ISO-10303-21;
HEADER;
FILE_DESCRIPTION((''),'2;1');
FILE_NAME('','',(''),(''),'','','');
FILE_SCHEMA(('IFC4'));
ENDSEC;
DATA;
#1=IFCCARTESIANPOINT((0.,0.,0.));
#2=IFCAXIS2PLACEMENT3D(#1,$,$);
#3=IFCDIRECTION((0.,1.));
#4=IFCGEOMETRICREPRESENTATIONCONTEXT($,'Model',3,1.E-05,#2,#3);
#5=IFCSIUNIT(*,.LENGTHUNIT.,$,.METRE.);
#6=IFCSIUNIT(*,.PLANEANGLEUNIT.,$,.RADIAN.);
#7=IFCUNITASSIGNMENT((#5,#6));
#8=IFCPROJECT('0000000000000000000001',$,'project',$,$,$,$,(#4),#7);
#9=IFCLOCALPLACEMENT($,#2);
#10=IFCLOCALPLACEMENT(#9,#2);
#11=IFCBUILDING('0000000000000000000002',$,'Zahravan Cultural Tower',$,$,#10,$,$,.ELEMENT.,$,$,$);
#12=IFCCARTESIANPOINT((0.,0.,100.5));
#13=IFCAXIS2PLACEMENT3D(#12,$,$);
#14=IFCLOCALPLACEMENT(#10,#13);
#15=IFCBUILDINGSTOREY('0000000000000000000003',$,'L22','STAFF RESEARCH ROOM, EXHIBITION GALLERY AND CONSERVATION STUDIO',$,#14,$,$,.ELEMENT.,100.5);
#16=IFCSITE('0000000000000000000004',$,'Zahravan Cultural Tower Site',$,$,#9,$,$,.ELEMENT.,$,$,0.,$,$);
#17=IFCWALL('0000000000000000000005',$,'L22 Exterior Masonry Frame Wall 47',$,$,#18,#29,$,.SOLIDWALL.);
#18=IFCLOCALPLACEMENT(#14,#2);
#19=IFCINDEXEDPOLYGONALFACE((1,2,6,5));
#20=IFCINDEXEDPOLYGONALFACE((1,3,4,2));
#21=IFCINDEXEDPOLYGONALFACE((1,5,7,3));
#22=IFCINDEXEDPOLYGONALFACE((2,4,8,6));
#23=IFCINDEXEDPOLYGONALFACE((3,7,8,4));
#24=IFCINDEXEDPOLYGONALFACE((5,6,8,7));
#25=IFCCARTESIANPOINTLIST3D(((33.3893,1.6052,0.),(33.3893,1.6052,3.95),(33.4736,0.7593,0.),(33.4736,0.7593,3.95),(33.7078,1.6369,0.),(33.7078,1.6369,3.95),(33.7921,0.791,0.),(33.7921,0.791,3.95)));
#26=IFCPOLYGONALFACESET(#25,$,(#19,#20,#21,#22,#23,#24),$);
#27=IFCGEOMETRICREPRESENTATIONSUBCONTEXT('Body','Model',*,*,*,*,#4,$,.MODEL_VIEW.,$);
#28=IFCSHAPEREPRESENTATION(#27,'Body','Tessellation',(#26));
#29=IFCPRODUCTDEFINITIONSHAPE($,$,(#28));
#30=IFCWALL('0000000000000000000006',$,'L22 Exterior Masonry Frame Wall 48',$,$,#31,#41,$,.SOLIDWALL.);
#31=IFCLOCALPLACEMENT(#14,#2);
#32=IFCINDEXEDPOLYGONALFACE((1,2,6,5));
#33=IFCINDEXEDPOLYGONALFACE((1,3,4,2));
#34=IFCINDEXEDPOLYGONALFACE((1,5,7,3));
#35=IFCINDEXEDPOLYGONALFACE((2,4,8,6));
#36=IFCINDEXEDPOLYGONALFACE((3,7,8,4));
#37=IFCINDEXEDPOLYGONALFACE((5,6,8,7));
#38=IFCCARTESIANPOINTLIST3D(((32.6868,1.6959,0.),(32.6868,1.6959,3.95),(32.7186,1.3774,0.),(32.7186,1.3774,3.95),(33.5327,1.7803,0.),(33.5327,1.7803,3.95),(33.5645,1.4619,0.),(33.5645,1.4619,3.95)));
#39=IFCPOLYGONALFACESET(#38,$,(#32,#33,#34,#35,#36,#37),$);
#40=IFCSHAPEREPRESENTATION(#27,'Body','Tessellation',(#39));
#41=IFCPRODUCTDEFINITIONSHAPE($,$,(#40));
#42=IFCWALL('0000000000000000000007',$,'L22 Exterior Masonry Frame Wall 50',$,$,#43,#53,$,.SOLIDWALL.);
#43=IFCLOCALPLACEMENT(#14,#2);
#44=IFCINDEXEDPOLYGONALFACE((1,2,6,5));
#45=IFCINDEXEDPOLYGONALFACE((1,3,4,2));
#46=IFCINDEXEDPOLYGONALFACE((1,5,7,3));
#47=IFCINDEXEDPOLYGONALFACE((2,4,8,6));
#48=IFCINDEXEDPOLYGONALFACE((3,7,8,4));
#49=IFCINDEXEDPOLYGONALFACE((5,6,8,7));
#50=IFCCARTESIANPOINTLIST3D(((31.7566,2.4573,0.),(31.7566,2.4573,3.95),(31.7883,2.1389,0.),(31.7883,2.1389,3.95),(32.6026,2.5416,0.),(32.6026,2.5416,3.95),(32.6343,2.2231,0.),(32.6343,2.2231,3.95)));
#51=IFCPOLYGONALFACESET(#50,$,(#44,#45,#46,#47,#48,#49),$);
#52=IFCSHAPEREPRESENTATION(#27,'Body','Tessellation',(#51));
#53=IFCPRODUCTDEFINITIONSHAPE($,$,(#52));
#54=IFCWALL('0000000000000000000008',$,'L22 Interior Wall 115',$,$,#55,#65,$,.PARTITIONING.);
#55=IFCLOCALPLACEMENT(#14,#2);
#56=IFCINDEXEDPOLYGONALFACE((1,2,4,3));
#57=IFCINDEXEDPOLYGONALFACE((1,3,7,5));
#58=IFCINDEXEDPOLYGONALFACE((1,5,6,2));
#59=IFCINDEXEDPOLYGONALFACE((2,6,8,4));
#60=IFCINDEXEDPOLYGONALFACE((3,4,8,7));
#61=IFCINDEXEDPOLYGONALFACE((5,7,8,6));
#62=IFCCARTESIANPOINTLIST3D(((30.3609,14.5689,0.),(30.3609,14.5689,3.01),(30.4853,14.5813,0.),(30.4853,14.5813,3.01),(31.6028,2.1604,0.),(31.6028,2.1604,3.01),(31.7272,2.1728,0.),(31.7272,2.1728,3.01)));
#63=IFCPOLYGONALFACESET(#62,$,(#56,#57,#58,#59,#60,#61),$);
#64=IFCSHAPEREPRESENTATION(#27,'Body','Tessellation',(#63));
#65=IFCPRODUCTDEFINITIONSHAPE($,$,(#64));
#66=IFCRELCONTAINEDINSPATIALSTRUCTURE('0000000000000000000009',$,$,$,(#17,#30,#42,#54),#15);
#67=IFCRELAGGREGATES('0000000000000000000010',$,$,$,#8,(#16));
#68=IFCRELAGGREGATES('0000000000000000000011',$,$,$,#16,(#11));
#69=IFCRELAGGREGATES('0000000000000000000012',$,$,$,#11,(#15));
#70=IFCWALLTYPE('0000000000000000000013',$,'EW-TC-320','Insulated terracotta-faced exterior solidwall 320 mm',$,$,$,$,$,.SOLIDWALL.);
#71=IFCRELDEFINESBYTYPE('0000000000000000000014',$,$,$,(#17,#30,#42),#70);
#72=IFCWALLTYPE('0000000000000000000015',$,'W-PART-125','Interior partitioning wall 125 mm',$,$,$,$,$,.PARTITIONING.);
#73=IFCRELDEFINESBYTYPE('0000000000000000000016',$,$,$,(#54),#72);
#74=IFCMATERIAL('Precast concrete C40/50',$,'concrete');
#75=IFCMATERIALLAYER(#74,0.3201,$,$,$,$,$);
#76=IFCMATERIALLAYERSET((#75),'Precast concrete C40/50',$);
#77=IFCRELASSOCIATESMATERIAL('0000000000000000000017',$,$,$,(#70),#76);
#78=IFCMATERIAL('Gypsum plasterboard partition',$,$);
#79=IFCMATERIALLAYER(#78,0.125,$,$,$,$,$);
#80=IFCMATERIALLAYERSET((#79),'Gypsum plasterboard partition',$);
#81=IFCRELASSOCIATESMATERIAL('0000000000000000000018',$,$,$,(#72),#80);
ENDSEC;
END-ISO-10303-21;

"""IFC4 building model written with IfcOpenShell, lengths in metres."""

from ifc_helpers import new_model, si_unit, direction, frame, frame_2d, origin, place, context, subcontext, project, spatial, rectangle, extrude, source, transform, mapped, material, layer, layer_set, type_object, element, save


model = new_model("IFC4")

# Units and contexts
model_context = context("Model", 3, precision=1e-05, world=origin(), true_north=direction((0.0, 1.0)))
body_context = subcontext(model_context, "Body", "Model", "MODEL_VIEW")
ifc_project = project(units=[si_unit("LENGTHUNIT", "METRE"), si_unit("PLANEANGLEUNIT", "RADIAN")], contexts=[model_context])

# Site, building, storey
site_placement = place(None, origin())
site = spatial("IfcSite", under=ifc_project, at=site_placement, Name="Zahravan Cultural Tower Site", CompositionType="ELEMENT", RefElevation=0.0)
building_placement = place(site_placement, origin())
building = spatial("IfcBuilding", under=site, at=building_placement, Name="Zahravan Cultural Tower", CompositionType="ELEMENT")
storey_placement = place(building_placement, frame((0.0, 0.0, 100.5)))
storey = spatial("IfcBuildingStorey", under=building, at=storey_placement, Name="L22", Description="STAFF RESEARCH ROOM, EXHIBITION GALLERY AND CONSERVATION STUDIO", CompositionType="ELEMENT", Elevation=100.5)

# Walls
ifc_material_1 = material(Name="Precast concrete C40/50", Category="concrete")
ifc_layer_1 = layer(ifc_material_1, 0.3201)
ifc_layer_set_1 = layer_set([ifc_layer_1], Name="Precast concrete C40/50")
wall_type_1 = type_object("IfcWallType", Name="EW-TC-320", Description="Insulated terracotta-faced exterior solidwall 320 mm", PredefinedType="SOLIDWALL", material=ifc_layer_set_1)
shared_shape_1 = source(origin(), body_context, "Body", "SweptSolid", [
    extrude(rectangle(XDim=0.8501, YDim=0.3201, at=frame_2d((0.425, 0.0))), origin(), (0.0, 0.0, 1.0), 3.95),
])
for number, where, z_axis, x_axis, name in (
    (1, (33.6328, 0.7751, 0.0), (0.0, 0.0, 1.0), (-0.099077, 0.99508, 0.0), "L22 Exterior Masonry Frame Wall 47"),
    (2, (33.5486, 1.6211, 0.0), (0.0, 0.0, 1.0), (-0.995051, -0.099362, 0.0), "L22 Exterior Masonry Frame Wall 48"),
    (3, (32.6184, 2.3823, 0.0), (0.0, 0.0, 1.0), (-0.99508, -0.099077, 0.0), "L22 Exterior Masonry Frame Wall 50"),
):
    element("IfcWall", number, at=place(storey_placement, frame(where, z_axis=z_axis, x_axis=x_axis)), inside=storey, type_object=wall_type_1, Name=name, PredefinedType="SOLIDWALL", context=body_context, shape_type="MappedRepresentation", body=[
        mapped(shared_shape_1, transform((0.0, 0.0, 0.0), x_axis=(1.0, 0.0, 0.0), y_axis=(0.0, 1.0, 0.0), z_axis=(0.0, 0.0, 1.0), scale=1.0)),
    ])
ifc_material_2 = material(Name="Gypsum plasterboard partition")
ifc_layer_2 = layer(ifc_material_2, 0.125)
ifc_layer_set_2 = layer_set([ifc_layer_2], Name="Gypsum plasterboard partition")
wall_type_2 = type_object("IfcWallType", Name="W-PART-125", Description="Interior partitioning wall 125 mm", PredefinedType="PARTITIONING", material=ifc_layer_set_2)
shared_shape_2 = source(origin(), body_context, "Body", "SweptSolid", [
    extrude(rectangle(XDim=12.4705, YDim=0.125, at=frame_2d((6.2354, 0.0))), origin(), (0.0, 0.0, 1.0), 3.01),
])
wall_1_placement = place(storey_placement, frame((31.665, 2.1665, 0.0), z_axis=(0.0, 0.0, 1.0), x_axis=(-0.099591, 0.995028, 0.0)))
element("IfcWall", 4, at=wall_1_placement, inside=storey, type_object=wall_type_2, Name="L22 Interior Wall 115", PredefinedType="PARTITIONING", context=body_context, shape_type="MappedRepresentation", body=[
    mapped(shared_shape_2, transform((0.0, 0.0, 0.0), x_axis=(1.0, 0.0, 0.0), y_axis=(0.0, 1.0, 0.0), z_axis=(0.0, 0.0, 1.0), scale=1.0)),
])

save(model, "model.ifc")
